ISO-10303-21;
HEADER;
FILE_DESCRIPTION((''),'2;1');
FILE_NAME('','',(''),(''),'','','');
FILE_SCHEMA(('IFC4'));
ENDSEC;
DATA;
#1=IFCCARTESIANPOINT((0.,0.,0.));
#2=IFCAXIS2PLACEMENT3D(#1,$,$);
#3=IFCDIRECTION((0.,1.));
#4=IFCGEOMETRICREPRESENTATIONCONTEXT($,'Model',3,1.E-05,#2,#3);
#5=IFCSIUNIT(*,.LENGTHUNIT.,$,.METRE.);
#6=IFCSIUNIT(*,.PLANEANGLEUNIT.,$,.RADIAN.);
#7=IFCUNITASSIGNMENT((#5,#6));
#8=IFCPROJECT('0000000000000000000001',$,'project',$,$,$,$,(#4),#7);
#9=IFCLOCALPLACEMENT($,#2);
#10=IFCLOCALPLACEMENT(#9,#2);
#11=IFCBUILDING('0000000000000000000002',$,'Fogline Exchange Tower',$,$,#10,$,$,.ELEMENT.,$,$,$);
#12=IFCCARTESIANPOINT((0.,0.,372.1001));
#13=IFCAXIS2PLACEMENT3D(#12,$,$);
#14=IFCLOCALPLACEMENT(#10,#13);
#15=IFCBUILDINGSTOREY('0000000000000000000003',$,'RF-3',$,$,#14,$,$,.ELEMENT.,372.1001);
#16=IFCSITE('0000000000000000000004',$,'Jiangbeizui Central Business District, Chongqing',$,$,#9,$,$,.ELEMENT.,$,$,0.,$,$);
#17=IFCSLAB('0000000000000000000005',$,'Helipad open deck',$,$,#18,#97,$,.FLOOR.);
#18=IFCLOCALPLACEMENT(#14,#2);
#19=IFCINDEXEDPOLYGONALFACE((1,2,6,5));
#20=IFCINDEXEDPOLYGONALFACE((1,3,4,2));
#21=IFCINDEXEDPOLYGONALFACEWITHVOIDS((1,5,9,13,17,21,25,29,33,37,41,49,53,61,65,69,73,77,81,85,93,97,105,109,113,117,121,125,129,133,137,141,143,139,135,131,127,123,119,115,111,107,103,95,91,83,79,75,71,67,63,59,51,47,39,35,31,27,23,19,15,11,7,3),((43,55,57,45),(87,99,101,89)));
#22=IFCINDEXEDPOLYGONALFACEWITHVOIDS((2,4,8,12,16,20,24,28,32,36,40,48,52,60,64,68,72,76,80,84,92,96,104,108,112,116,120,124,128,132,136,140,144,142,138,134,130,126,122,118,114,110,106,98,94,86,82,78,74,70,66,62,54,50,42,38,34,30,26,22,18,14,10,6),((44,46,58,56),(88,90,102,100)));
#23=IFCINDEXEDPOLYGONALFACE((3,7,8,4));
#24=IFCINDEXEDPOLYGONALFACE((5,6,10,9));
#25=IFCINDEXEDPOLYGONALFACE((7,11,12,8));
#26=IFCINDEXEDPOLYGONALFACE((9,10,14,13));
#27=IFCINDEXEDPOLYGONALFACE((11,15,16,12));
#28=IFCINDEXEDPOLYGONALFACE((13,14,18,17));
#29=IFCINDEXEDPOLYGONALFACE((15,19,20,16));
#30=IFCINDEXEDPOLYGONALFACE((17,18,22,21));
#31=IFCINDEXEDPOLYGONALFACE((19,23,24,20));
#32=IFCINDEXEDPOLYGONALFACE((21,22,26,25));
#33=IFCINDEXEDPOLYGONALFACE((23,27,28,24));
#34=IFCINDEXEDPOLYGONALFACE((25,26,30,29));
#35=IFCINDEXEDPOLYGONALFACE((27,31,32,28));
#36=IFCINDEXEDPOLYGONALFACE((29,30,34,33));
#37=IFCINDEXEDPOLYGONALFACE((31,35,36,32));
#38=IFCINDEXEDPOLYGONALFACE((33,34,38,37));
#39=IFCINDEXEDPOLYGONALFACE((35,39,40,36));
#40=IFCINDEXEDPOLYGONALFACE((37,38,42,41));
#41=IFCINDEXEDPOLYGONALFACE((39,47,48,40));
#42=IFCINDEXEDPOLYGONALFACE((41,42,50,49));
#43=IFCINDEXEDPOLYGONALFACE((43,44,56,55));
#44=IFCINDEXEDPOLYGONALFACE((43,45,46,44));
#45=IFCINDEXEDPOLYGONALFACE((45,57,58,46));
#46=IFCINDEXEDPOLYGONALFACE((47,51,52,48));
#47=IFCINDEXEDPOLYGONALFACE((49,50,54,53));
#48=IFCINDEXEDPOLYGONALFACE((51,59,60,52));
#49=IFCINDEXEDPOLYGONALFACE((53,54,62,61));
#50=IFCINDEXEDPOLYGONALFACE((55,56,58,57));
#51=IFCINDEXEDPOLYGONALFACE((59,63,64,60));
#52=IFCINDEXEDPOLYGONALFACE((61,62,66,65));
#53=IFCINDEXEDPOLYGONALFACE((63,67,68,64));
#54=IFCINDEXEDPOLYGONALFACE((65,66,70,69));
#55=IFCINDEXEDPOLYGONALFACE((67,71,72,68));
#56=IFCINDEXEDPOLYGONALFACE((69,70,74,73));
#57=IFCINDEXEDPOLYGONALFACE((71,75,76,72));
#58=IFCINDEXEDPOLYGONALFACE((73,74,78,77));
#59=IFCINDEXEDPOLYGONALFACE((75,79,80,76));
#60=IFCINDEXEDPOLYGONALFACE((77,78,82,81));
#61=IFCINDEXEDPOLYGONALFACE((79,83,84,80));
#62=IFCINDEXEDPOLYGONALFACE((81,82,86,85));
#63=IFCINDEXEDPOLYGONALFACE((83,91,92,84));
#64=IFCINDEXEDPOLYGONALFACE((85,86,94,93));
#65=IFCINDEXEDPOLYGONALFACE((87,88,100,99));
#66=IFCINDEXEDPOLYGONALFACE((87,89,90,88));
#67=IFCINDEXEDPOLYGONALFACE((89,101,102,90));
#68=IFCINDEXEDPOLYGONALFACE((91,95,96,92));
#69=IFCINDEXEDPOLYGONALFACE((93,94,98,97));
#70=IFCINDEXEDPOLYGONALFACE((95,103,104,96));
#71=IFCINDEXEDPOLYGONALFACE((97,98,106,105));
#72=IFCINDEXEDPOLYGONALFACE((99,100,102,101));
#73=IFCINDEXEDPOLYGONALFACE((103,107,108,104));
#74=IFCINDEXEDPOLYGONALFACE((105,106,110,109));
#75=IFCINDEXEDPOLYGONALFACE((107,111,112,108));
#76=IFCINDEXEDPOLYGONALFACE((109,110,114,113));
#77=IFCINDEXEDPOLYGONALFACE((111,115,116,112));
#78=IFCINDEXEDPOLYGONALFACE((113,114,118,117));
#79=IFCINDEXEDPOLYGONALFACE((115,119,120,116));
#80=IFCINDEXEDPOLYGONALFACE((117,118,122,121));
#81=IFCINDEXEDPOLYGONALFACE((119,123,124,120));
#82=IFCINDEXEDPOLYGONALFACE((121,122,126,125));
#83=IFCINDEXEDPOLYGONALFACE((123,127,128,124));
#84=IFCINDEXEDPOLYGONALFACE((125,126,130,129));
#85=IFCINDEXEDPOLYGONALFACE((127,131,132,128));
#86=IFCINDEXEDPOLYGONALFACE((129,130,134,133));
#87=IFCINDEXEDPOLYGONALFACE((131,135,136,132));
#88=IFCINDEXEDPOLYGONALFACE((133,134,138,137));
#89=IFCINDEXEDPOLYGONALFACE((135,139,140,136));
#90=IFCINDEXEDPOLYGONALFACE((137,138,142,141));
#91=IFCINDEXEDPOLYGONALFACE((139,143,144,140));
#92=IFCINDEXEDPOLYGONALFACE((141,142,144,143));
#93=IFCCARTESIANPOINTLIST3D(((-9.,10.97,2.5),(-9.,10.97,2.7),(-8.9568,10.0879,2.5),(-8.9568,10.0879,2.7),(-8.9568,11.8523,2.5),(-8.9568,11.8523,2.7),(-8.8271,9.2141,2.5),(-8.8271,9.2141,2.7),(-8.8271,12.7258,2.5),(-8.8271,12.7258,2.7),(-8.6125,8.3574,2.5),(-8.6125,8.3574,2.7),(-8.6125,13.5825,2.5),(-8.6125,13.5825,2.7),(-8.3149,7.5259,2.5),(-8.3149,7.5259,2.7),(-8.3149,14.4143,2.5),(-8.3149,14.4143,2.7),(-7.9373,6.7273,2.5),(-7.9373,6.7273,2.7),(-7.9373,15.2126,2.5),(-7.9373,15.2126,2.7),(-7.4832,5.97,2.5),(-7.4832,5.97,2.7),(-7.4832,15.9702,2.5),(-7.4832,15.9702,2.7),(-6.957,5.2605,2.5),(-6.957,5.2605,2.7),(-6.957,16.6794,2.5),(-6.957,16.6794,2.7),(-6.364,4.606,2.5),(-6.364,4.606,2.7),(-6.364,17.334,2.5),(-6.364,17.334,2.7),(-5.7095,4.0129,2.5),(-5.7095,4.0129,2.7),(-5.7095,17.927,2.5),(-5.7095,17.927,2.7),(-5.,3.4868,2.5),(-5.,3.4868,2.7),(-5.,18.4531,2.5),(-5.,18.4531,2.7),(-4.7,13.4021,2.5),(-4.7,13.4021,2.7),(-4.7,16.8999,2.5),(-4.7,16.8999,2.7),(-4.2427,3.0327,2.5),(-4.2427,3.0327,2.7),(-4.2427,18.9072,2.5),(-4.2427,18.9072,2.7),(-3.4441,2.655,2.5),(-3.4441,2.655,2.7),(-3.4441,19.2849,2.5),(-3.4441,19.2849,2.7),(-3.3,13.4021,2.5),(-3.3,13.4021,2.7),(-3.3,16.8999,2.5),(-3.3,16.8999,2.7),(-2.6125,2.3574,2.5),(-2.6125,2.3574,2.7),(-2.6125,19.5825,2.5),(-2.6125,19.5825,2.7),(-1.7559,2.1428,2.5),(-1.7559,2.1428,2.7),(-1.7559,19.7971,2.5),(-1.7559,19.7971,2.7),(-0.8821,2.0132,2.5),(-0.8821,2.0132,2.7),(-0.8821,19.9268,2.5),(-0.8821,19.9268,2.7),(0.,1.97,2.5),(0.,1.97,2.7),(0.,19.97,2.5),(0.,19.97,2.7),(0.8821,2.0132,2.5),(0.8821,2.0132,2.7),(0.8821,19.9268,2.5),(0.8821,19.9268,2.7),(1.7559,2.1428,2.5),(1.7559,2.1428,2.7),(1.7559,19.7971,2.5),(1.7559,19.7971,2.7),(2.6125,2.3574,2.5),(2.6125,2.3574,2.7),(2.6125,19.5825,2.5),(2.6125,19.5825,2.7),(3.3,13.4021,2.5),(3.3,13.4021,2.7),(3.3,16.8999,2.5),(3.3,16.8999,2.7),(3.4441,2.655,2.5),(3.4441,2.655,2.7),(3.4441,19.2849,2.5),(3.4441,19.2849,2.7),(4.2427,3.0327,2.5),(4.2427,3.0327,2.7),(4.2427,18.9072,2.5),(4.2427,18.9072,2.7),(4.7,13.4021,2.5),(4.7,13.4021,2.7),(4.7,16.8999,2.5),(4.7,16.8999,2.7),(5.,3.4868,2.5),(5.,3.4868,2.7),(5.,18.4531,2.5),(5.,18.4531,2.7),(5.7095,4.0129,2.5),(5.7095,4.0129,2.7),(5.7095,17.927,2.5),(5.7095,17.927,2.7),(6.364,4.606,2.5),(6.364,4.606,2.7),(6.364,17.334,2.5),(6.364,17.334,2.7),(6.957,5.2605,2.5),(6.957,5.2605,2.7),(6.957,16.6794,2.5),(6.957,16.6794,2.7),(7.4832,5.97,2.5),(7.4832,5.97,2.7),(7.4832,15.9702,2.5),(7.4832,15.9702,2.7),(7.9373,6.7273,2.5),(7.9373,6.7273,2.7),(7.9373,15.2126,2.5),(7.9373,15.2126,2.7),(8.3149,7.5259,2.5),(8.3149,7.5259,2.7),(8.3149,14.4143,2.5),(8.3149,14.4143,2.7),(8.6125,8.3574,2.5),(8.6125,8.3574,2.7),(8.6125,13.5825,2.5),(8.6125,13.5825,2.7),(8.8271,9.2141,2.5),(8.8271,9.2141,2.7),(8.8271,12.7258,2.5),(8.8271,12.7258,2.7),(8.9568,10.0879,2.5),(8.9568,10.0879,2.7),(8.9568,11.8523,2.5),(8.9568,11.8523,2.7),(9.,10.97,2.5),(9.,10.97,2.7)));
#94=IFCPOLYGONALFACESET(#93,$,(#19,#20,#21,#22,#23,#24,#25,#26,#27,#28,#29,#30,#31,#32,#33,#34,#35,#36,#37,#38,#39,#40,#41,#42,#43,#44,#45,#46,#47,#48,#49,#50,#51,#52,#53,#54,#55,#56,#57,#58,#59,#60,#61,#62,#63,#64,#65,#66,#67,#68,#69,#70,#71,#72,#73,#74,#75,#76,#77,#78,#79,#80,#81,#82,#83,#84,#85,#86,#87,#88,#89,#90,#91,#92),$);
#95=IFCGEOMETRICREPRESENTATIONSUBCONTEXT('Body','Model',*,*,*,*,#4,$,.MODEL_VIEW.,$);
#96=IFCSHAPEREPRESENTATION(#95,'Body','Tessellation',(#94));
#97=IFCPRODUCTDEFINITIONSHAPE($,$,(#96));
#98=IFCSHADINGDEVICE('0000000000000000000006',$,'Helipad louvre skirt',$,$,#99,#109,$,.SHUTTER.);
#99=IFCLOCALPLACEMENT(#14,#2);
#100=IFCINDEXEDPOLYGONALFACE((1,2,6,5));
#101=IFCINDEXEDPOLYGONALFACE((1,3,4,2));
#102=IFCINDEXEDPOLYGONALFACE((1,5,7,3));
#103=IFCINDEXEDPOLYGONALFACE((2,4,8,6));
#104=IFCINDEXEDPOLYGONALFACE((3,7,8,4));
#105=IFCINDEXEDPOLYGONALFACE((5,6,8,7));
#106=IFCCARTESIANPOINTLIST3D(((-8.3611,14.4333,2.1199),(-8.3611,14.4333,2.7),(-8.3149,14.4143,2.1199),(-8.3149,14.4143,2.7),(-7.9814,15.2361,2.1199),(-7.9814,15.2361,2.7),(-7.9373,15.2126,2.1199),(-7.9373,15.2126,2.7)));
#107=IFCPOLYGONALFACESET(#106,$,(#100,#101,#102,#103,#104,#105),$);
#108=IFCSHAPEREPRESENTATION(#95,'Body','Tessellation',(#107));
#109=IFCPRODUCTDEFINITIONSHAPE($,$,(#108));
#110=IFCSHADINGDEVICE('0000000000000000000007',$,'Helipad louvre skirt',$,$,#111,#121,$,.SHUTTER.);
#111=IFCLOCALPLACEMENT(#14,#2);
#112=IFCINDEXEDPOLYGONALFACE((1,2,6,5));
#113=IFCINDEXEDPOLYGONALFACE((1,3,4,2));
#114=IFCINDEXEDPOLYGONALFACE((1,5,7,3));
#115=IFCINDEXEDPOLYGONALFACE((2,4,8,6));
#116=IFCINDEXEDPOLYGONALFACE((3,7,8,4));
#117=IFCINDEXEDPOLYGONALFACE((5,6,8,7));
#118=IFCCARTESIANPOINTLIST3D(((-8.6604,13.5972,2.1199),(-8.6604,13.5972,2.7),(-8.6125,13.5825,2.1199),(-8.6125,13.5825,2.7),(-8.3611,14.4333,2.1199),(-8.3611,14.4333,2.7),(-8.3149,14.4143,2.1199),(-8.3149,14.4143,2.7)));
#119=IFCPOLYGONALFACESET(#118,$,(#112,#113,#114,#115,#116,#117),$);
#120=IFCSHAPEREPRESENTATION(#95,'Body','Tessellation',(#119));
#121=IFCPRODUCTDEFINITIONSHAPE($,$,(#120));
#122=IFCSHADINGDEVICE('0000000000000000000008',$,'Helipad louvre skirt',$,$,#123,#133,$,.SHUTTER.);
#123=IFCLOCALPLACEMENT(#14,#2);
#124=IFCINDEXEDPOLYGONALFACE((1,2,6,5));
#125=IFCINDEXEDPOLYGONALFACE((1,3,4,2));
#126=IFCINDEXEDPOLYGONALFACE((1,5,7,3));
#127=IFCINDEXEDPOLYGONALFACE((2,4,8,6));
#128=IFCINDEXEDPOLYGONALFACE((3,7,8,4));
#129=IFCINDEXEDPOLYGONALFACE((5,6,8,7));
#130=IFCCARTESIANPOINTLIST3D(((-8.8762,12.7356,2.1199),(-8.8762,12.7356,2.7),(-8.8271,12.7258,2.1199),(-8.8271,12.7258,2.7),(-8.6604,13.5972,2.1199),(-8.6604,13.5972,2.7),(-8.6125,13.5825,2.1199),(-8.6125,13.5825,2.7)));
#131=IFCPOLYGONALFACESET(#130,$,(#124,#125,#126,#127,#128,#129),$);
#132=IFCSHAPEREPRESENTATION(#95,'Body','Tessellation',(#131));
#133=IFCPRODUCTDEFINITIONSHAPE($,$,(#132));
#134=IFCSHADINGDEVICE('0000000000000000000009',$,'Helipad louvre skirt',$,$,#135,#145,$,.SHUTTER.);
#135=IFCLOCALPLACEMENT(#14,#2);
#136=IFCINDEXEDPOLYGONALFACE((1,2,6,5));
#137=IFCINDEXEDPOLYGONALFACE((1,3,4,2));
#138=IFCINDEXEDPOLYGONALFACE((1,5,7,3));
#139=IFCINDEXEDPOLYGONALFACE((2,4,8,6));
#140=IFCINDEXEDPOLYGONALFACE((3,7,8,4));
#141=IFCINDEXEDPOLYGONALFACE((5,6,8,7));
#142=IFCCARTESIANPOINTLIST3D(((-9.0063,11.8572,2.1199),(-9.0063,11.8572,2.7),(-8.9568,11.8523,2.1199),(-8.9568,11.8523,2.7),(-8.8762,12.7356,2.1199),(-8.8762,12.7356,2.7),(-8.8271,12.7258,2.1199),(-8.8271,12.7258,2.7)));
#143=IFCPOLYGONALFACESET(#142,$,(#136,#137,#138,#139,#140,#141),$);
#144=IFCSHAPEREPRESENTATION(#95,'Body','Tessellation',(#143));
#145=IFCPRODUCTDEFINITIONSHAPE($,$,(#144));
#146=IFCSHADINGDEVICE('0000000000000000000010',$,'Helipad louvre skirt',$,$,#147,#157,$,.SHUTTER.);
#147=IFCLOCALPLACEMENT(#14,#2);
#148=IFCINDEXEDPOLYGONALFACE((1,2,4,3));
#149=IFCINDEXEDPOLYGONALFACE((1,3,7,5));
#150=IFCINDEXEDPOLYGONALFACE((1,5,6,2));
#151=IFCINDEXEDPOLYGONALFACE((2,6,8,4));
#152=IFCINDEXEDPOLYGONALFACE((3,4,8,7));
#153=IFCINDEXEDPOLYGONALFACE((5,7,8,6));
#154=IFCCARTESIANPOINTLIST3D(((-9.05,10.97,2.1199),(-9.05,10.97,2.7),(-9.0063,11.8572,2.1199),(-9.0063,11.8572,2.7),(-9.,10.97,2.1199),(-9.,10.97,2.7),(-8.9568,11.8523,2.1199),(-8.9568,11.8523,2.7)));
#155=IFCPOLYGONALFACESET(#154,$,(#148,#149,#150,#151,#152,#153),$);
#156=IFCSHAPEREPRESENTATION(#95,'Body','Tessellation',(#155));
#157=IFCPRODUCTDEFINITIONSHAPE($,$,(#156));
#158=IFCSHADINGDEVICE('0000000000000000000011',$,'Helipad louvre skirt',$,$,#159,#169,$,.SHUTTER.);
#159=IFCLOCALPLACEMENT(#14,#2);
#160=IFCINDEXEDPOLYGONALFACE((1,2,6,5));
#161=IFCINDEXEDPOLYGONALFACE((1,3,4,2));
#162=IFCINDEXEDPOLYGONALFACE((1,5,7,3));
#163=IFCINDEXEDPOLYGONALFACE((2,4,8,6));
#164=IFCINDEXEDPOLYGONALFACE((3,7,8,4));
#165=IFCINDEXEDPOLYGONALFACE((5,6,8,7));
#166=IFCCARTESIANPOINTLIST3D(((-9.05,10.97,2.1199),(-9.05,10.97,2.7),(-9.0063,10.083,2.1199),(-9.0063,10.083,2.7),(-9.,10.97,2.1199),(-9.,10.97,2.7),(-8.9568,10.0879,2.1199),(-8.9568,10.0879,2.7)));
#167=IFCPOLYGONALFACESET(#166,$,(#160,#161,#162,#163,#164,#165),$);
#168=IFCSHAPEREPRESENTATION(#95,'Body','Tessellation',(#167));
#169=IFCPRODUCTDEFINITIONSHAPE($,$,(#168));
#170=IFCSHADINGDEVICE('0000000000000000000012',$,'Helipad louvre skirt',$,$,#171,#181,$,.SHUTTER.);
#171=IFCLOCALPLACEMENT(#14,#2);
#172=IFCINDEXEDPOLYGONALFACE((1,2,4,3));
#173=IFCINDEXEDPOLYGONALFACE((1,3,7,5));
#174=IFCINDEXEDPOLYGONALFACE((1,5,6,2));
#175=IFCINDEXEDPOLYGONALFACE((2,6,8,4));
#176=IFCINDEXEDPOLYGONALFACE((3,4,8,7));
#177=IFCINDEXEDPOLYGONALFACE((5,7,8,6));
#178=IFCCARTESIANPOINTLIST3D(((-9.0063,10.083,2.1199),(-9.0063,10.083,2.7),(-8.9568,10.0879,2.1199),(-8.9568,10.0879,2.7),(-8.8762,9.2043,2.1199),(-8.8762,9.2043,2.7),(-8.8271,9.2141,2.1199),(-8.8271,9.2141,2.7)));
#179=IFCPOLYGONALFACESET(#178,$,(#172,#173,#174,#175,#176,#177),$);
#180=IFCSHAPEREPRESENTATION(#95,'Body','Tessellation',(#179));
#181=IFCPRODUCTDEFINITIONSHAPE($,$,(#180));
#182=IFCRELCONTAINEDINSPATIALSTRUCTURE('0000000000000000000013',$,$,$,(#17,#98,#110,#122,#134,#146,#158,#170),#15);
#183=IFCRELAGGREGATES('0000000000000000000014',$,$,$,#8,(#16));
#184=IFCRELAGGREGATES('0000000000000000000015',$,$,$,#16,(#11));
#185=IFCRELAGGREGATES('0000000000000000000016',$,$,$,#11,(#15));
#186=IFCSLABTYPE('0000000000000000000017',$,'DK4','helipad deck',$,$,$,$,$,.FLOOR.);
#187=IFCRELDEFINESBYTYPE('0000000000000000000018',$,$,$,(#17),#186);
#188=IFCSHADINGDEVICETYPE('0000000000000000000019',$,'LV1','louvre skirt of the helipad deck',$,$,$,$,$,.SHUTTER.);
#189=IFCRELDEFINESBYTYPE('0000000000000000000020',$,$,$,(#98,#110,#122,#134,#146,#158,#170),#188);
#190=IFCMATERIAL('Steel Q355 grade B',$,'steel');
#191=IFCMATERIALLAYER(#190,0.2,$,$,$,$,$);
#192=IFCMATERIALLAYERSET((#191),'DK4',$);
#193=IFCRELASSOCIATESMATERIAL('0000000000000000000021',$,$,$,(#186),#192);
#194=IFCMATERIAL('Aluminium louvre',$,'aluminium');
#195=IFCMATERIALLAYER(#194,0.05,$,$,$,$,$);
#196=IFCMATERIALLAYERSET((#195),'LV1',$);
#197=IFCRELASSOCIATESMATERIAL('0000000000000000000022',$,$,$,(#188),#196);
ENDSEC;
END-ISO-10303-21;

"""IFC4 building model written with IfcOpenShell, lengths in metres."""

from ifc_helpers import new_model, si_unit, direction, frame, origin, place, context, subcontext, project, spatial, polyline, outline, extrude, material, layer, layer_set, type_object, element, save


model = new_model("IFC4")

# Units and contexts
model_context = context("Model", 3, precision=1e-05, world=origin(), true_north=direction((0.0, 1.0)))
body_context = subcontext(model_context, "Body", "Model", "MODEL_VIEW")
ifc_project = project(units=[si_unit("LENGTHUNIT", "METRE"), si_unit("PLANEANGLEUNIT", "RADIAN")], contexts=[model_context])

# Site, building, storey
site_placement = place(None, origin())
site = spatial("IfcSite", under=ifc_project, at=site_placement, Name="Jiangbeizui Central Business District, Chongqing", CompositionType="ELEMENT", RefElevation=0.0)
building_placement = place(site_placement, origin())
building = spatial("IfcBuilding", under=site, at=building_placement, Name="Fogline Exchange Tower", CompositionType="ELEMENT")
storey_placement = place(building_placement, frame((0.0, 0.0, 372.1001)))
storey = spatial("IfcBuildingStorey", under=building, at=storey_placement, Name="RF-3", CompositionType="ELEMENT", Elevation=372.1001)

# Slab
ifc_material_1 = material(Name="Steel Q355 grade B", Category="steel")
ifc_layer_1 = layer(ifc_material_1, 0.2)
ifc_layer_set_1 = layer_set([ifc_layer_1], Name="DK4")
slab_type = type_object("IfcSlabType", Name="DK4", Description="helipad deck", PredefinedType="FLOOR", material=ifc_layer_set_1)
slab_placement = place(storey_placement, frame((0.0, 0.0, 2.5)))
element("IfcSlab", 1, at=slab_placement, inside=storey, type_object=slab_type, Name="Helipad open deck", PredefinedType="FLOOR", context=body_context, shape_type="SweptSolid", body=[
    extrude(outline(polyline([(8.9568, 10.0879), (9.0, 10.97), (8.9568, 11.8523), (8.8271, 12.7258), (8.6125, 13.5825), (8.3149, 14.4143), (7.9373, 15.2126), (7.4832, 15.9702), (6.957, 16.6794), (6.364, 17.334), (5.7095, 17.927), (5.0, 18.4531), (4.2427, 18.9072), (3.4441, 19.2849), (2.6125, 19.5825), (1.7559, 19.7971), (0.8821, 19.9268), (0.0, 19.97), (-0.8821, 19.9268), (-1.7559, 19.7971), (-2.6125, 19.5825), (-3.4441, 19.2849), (-4.2427, 18.9072), (-5.0, 18.4531), (-5.7095, 17.927), (-6.364, 17.334), (-6.957, 16.6794), (-7.4832, 15.9702), (-7.9373, 15.2126), (-8.3149, 14.4143), (-8.6125, 13.5825), (-8.8271, 12.7258), (-8.9568, 11.8523), (-9.0, 10.97), (-8.9568, 10.0879), (-8.8271, 9.2141), (-8.6125, 8.3574), (-8.3149, 7.5259), (-7.9373, 6.7273), (-7.4832, 5.97), (-6.957, 5.2605), (-6.364, 4.606), (-5.7095, 4.0129), (-5.0, 3.4868), (-4.2427, 3.0327), (-3.4441, 2.655), (-2.6125, 2.3574), (-1.7559, 2.1428), (-0.8821, 2.0132), (0.0, 1.97), (0.8821, 2.0132), (1.7559, 2.1428), (2.6125, 2.3574), (3.4441, 2.655), (4.2427, 3.0327), (5.0, 3.4868), (5.7095, 4.0129), (6.364, 4.606), (6.957, 5.2605), (7.4832, 5.97), (7.9373, 6.7273), (8.3149, 7.5259), (8.6125, 8.3574), (8.8271, 9.2141), (8.9568, 10.0879)]), holes=[polyline([(-3.3, 13.4021), (-4.7, 13.4021), (-4.7, 16.8999), (-3.3, 16.8999), (-3.3, 13.4021)]), polyline([(4.7, 13.4021), (3.3, 13.4021), (3.3, 16.8999), (4.7, 16.8999), (4.7, 13.4021)])]), origin(), (0.0, 0.0, 1.0), 0.2),
])

# Shading devices
ifc_material_2 = material(Name="Aluminium louvre", Category="aluminium")
ifc_layer_2 = layer(ifc_material_2, 0.05)
ifc_layer_set_2 = layer_set([ifc_layer_2], Name="LV1")
shading_device_type = type_object("IfcShadingDeviceType", Name="LV1", Description="louvre skirt of the helipad deck", PredefinedType="SHUTTER", material=ifc_layer_set_2)
shading_device_1_placement = place(storey_placement, frame((0.0, 0.0, 2.1199)))
element("IfcShadingDevice", 2, at=shading_device_1_placement, inside=storey, type_object=shading_device_type, Name="Helipad louvre skirt", PredefinedType="SHUTTER", context=body_context, shape_type="SweptSolid", body=[
    extrude(outline(polyline([(-7.9373, 15.2126), (-7.9814, 15.2361), (-8.3611, 14.4333), (-8.3149, 14.4143), (-7.9373, 15.2126)])), origin(), (0.0, 0.0, 1.0), 0.5801),
])
shading_device_2_placement = place(storey_placement, frame((0.0, 0.0, 2.1199)))
element("IfcShadingDevice", 3, at=shading_device_2_placement, inside=storey, type_object=shading_device_type, Name="Helipad louvre skirt", PredefinedType="SHUTTER", context=body_context, shape_type="SweptSolid", body=[
    extrude(outline(polyline([(-8.3149, 14.4143), (-8.3611, 14.4333), (-8.6604, 13.5972), (-8.6125, 13.5825), (-8.3149, 14.4143)])), origin(), (0.0, 0.0, 1.0), 0.5801),
])
shading_device_3_placement = place(storey_placement, frame((0.0, 0.0, 2.1199)))
element("IfcShadingDevice", 4, at=shading_device_3_placement, inside=storey, type_object=shading_device_type, Name="Helipad louvre skirt", PredefinedType="SHUTTER", context=body_context, shape_type="SweptSolid", body=[
    extrude(outline(polyline([(-8.6125, 13.5825), (-8.6604, 13.5972), (-8.8762, 12.7356), (-8.8271, 12.7258), (-8.6125, 13.5825)])), origin(), (0.0, 0.0, 1.0), 0.5801),
])
shading_device_4_placement = place(storey_placement, frame((0.0, 0.0, 2.1199)))
element("IfcShadingDevice", 5, at=shading_device_4_placement, inside=storey, type_object=shading_device_type, Name="Helipad louvre skirt", PredefinedType="SHUTTER", context=body_context, shape_type="SweptSolid", body=[
    extrude(outline(polyline([(-8.8271, 12.7258), (-8.8762, 12.7356), (-9.0063, 11.8572), (-8.9568, 11.8523), (-8.8271, 12.7258)])), origin(), (0.0, 0.0, 1.0), 0.5801),
])
shading_device_5_placement = place(storey_placement, frame((0.0, 0.0, 2.1199)))
element("IfcShadingDevice", 6, at=shading_device_5_placement, inside=storey, type_object=shading_device_type, Name="Helipad louvre skirt", PredefinedType="SHUTTER", context=body_context, shape_type="SweptSolid", body=[
    extrude(outline(polyline([(-8.9568, 11.8523), (-9.0063, 11.8572), (-9.05, 10.97), (-9.0, 10.97), (-8.9568, 11.8523)])), origin(), (0.0, 0.0, 1.0), 0.5801),
])
shading_device_6_placement = place(storey_placement, frame((0.0, 0.0, 2.1199)))
element("IfcShadingDevice", 7, at=shading_device_6_placement, inside=storey, type_object=shading_device_type, Name="Helipad louvre skirt", PredefinedType="SHUTTER", context=body_context, shape_type="SweptSolid", body=[
    extrude(outline(polyline([(-9.0, 10.97), (-9.05, 10.97), (-9.0063, 10.083), (-8.9568, 10.0879), (-9.0, 10.97)])), origin(), (0.0, 0.0, 1.0), 0.5801),
])
shading_device_7_placement = place(storey_placement, frame((0.0, 0.0, 2.1199)))
element("IfcShadingDevice", 8, at=shading_device_7_placement, inside=storey, type_object=shading_device_type, Name="Helipad louvre skirt", PredefinedType="SHUTTER", context=body_context, shape_type="SweptSolid", body=[
    extrude(outline(polyline([(-8.9568, 10.0879), (-9.0063, 10.083), (-8.8762, 9.2043), (-8.8271, 9.2141), (-8.9568, 10.0879)])), origin(), (0.0, 0.0, 1.0), 0.5801),
])

save(model, "model.ifc")
